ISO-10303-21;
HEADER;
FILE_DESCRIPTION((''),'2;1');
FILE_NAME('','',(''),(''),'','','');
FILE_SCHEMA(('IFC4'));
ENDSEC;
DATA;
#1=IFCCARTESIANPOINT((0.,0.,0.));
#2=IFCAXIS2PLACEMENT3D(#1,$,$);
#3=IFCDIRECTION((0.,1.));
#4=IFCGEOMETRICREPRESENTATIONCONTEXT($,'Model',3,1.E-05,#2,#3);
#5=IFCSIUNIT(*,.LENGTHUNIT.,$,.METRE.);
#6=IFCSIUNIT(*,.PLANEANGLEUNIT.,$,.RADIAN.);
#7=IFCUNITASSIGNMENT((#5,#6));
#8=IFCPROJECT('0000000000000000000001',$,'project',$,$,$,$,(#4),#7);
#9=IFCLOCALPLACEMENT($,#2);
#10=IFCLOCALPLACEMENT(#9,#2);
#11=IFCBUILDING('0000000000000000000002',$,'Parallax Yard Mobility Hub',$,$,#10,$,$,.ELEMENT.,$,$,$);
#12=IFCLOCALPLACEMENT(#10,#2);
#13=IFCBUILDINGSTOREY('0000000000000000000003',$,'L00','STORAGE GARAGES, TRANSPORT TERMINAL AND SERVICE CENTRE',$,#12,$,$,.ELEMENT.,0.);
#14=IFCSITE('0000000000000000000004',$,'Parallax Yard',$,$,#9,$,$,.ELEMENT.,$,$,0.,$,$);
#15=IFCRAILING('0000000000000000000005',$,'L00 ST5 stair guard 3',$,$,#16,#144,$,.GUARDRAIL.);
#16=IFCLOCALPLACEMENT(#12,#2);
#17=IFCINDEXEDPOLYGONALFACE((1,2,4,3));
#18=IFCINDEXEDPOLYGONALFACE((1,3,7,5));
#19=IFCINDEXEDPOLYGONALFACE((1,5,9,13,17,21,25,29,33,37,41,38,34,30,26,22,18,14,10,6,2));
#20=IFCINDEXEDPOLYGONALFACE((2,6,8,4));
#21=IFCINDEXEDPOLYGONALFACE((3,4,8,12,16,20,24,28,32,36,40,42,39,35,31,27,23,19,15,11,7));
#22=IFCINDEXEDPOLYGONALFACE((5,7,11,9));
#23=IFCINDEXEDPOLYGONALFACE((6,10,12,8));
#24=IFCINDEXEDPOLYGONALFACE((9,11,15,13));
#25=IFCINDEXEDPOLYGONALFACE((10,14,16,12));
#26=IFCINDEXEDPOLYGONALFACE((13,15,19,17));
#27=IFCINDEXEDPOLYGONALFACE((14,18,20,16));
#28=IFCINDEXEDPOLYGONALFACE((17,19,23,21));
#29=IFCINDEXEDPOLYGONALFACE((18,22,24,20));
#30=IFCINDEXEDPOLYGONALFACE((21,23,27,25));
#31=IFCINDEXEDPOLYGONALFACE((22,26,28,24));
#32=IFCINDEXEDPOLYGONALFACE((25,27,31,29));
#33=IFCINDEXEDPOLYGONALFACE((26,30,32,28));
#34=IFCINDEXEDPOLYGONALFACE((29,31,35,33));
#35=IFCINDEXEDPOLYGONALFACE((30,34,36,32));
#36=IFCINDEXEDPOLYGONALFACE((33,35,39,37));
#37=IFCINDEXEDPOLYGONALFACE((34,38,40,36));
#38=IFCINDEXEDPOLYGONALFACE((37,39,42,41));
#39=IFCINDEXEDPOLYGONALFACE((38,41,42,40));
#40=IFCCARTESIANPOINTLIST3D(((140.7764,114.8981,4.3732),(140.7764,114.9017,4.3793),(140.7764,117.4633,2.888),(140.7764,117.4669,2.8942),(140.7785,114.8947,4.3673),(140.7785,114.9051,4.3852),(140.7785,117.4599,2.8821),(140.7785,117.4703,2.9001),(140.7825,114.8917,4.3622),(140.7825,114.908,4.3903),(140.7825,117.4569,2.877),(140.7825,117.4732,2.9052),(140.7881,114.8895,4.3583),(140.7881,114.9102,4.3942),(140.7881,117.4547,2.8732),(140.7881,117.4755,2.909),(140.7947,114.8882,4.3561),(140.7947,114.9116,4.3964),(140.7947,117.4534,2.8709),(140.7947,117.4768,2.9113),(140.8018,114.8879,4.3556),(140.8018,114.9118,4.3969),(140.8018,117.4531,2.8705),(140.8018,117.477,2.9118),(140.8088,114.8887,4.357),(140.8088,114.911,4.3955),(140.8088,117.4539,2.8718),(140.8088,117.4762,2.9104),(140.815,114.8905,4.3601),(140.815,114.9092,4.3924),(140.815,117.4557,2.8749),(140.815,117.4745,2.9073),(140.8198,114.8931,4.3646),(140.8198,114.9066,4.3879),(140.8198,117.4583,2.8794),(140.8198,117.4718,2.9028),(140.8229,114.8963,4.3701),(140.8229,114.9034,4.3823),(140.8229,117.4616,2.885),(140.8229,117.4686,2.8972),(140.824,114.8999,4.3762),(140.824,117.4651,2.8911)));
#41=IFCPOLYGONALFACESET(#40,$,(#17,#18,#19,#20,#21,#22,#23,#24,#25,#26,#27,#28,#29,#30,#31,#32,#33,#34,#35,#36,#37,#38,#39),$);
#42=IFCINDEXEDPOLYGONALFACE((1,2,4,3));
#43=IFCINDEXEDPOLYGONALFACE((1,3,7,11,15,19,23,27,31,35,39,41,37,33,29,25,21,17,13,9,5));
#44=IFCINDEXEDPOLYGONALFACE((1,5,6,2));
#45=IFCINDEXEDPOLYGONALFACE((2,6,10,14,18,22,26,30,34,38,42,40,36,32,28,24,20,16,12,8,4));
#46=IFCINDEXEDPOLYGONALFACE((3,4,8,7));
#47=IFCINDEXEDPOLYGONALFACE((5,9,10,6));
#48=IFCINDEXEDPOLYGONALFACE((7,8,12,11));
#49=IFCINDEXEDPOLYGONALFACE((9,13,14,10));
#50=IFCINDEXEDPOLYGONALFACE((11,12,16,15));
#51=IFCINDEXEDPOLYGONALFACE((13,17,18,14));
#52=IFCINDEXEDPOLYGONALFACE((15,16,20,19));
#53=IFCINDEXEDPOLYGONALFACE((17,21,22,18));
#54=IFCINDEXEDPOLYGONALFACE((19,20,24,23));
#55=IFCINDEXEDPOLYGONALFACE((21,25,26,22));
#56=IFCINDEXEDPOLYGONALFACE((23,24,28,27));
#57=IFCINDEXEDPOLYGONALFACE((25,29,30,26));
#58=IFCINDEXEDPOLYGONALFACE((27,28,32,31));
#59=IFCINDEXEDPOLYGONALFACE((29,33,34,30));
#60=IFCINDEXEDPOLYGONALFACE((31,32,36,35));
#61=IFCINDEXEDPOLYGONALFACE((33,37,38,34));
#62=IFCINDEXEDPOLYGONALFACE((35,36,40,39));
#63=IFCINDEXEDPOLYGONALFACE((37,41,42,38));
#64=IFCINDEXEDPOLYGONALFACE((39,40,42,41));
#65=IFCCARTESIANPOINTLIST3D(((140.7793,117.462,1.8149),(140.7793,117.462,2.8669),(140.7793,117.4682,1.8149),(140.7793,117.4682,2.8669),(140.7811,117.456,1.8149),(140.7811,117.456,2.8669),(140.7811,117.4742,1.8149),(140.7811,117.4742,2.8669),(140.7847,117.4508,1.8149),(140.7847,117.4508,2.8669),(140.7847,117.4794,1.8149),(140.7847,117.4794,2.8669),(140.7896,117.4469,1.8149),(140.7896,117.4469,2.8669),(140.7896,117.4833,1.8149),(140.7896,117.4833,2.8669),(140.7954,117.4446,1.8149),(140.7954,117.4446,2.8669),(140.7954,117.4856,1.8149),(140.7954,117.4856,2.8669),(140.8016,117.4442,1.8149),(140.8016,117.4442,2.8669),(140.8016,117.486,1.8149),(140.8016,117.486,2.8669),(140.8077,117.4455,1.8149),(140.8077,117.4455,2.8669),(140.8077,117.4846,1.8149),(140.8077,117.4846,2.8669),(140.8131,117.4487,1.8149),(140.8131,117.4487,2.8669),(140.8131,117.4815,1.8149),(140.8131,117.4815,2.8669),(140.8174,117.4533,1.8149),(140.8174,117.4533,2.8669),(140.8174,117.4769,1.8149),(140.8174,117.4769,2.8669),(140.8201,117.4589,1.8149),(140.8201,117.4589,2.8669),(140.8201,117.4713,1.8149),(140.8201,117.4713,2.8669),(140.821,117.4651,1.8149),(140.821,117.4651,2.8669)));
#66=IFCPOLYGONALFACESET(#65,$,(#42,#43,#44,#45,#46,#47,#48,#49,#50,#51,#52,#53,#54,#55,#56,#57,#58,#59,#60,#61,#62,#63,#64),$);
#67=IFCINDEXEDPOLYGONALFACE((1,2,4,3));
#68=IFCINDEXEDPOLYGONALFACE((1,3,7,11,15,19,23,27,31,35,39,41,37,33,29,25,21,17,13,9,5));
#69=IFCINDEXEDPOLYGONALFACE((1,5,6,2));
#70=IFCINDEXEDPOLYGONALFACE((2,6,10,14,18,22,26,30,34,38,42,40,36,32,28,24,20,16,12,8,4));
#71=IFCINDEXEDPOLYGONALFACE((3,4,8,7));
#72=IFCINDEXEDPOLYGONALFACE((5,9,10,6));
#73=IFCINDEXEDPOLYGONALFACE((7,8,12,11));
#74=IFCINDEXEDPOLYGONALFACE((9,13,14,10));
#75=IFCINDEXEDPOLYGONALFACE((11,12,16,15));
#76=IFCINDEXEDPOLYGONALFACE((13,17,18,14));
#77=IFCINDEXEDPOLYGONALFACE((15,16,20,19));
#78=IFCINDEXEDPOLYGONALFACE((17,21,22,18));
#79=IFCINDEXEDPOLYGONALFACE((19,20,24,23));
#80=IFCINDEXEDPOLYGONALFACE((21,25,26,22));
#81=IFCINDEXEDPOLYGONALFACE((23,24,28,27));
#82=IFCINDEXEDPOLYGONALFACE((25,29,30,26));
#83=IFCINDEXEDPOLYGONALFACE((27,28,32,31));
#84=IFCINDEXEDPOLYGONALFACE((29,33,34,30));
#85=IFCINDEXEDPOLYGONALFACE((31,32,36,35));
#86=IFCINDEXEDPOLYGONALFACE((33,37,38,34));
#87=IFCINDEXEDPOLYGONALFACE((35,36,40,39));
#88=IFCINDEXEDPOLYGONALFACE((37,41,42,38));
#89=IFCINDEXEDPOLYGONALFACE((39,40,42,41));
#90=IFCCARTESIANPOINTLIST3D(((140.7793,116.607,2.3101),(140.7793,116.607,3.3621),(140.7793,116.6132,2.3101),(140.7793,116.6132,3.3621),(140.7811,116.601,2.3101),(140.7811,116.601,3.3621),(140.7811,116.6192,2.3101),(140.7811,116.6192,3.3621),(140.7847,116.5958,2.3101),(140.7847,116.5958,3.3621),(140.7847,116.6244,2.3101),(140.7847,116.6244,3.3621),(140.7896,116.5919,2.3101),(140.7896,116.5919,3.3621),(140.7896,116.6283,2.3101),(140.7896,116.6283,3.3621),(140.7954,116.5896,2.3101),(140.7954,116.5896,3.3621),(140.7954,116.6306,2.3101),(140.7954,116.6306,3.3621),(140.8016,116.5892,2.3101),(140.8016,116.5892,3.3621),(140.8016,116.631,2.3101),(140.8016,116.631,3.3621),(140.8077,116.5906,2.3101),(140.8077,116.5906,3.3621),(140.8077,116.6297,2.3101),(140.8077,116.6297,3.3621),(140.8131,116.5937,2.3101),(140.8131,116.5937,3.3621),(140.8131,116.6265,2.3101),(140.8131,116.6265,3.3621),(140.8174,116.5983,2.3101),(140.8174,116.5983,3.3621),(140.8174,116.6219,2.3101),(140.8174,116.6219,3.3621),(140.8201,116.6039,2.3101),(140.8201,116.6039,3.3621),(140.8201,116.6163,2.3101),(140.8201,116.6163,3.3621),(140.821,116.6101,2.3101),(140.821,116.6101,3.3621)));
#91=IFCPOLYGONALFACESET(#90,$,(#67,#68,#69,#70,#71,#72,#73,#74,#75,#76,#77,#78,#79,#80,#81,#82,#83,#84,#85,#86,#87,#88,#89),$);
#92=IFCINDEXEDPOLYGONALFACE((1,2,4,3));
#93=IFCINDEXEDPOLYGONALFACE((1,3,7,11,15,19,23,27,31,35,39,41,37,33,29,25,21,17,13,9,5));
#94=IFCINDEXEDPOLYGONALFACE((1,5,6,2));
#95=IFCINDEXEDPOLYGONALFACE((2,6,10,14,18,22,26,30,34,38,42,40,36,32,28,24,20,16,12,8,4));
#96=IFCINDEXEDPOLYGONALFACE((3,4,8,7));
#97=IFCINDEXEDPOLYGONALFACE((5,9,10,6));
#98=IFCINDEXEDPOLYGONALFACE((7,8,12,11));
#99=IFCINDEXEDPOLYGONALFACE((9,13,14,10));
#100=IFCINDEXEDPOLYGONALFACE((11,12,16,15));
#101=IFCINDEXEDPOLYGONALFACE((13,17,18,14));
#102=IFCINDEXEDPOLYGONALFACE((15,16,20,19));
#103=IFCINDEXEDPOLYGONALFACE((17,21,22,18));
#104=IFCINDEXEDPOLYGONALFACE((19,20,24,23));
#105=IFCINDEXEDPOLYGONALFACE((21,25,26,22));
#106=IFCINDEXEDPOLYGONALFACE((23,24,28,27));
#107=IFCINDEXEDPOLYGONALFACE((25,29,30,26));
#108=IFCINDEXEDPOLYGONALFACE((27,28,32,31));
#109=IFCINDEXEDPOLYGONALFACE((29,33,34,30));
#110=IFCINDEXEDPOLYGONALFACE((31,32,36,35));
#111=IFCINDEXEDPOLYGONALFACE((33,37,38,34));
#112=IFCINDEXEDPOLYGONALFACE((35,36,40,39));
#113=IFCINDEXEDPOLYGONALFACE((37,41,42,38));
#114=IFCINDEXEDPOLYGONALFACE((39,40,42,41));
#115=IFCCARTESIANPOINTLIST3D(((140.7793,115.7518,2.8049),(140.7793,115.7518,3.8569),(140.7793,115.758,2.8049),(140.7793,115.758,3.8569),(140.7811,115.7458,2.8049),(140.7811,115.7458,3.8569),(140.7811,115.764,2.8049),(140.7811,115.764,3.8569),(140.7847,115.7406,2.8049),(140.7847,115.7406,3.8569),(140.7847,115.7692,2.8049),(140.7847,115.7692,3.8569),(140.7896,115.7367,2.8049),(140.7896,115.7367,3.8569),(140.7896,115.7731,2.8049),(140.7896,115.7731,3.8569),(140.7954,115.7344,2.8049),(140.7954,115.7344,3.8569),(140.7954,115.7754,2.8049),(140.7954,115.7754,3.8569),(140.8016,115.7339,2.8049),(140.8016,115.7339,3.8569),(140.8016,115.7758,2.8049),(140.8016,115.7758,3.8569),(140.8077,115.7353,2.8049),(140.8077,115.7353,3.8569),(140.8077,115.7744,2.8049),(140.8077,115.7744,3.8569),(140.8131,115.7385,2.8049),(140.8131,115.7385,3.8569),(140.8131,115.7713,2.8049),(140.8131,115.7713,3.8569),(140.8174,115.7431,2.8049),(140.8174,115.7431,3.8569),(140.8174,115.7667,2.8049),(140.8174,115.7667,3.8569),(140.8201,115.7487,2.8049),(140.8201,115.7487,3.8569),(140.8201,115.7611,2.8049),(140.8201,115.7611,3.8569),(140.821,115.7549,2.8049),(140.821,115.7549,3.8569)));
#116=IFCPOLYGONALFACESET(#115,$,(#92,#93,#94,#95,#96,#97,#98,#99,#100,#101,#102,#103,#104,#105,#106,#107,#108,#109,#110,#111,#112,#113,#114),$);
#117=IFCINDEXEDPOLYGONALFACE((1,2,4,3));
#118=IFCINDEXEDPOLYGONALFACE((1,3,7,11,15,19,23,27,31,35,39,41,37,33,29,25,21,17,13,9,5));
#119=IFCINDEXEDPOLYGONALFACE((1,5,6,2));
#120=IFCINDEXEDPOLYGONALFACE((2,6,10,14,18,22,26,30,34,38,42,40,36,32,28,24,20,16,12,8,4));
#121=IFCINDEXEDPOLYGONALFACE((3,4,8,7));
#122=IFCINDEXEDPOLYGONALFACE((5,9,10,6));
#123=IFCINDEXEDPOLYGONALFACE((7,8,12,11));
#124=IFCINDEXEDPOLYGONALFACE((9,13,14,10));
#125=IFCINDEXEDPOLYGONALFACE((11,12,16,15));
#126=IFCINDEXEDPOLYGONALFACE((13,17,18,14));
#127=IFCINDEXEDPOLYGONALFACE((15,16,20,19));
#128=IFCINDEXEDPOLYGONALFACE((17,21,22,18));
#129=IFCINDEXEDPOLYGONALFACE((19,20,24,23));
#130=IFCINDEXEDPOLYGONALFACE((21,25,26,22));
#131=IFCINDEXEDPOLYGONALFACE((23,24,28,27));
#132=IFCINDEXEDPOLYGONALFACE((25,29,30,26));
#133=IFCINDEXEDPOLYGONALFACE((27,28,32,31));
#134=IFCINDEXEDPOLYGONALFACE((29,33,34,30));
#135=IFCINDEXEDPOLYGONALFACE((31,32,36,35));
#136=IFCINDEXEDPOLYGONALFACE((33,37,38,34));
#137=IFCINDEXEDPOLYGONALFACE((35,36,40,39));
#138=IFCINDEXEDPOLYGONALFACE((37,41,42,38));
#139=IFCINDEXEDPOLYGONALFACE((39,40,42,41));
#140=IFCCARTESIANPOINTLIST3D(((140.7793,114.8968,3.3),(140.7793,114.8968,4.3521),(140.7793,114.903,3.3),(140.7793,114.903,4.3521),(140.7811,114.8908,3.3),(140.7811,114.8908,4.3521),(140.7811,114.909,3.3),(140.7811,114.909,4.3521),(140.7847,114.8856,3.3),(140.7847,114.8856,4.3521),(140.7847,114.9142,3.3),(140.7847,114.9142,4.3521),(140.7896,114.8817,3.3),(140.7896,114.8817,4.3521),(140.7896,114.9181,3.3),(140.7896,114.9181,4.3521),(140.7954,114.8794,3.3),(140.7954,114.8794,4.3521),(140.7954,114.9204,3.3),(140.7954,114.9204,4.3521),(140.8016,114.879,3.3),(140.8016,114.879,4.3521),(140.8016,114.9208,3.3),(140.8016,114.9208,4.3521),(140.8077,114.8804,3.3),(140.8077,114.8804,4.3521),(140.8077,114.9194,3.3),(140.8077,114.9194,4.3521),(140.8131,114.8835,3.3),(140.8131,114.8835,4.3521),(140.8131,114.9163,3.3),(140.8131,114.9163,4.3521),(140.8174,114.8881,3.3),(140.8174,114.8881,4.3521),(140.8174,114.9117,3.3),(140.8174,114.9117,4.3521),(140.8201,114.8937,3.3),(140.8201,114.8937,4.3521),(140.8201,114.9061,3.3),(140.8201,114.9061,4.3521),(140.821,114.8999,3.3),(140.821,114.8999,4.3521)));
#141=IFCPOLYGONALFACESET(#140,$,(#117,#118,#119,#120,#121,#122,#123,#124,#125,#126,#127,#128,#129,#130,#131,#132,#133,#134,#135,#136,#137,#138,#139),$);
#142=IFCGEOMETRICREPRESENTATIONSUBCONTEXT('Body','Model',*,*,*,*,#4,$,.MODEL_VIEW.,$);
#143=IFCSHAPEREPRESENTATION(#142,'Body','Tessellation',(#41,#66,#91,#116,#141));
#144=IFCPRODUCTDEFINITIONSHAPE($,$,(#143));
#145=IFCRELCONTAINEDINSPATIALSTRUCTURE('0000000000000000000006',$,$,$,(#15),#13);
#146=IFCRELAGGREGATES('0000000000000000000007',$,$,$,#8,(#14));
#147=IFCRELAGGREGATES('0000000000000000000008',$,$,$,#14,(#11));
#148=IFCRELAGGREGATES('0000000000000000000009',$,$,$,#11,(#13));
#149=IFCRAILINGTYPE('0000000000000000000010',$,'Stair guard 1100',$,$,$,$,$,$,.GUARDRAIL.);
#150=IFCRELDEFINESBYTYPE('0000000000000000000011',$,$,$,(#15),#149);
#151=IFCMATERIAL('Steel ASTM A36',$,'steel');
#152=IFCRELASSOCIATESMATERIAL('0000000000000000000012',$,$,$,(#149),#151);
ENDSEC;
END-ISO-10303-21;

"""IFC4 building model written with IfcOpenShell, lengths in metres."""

from ifc_helpers import new_model, si_unit, direction, frame, origin, origin_2d, place, context, subcontext, project, spatial, circle, extrude, material, type_object, element, save


model = new_model("IFC4")

# Units and contexts
model_context = context("Model", 3, precision=1e-05, world=origin(), true_north=direction((0.0, 1.0)))
body_context = subcontext(model_context, "Body", "Model", "MODEL_VIEW")
ifc_project = project(units=[si_unit("LENGTHUNIT", "METRE"), si_unit("PLANEANGLEUNIT", "RADIAN")], contexts=[model_context])

# Site, building, storey
site_placement = place(None, origin())
site = spatial("IfcSite", under=ifc_project, at=site_placement, Name="Parallax Yard", CompositionType="ELEMENT", RefElevation=0.0)
building_placement = place(site_placement, origin())
building = spatial("IfcBuilding", under=site, at=building_placement, Name="Parallax Yard Mobility Hub", CompositionType="ELEMENT")
storey_placement = place(building_placement, origin())
storey = spatial("IfcBuildingStorey", under=building, at=storey_placement, Name="L00", Description="STORAGE GARAGES, TRANSPORT TERMINAL AND SERVICE CENTRE", CompositionType="ELEMENT", Elevation=0.0)

# Railing
ifc_material_1 = material(Name="Steel ASTM A36", Category="steel")
railing_type_1 = type_object("IfcRailingType", Name="Stair guard 1100", PredefinedType="GUARDRAIL", material=ifc_material_1)
railing_1_placement = place(storey_placement, frame((140.8, 117.4651, 1.8149)))
element("IfcRailing", 1, at=railing_1_placement, inside=storey, type_object=railing_type_1, Name="L00 ST5 stair guard 3", PredefinedType="GUARDRAIL", context=body_context, shape_type="SweptSolid", body=[
    extrude(circle(Radius=0.0239, at=origin_2d()), frame((0.0, 0.0, 1.0762), z_axis=(0.0, -0.865426, 0.501036), x_axis=(1.0, 0.0, 0.0)), (0.0, 0.0, 1.0), 2.9641),
    extrude(circle(Radius=0.021, at=origin_2d()), origin(), (0.0, 0.0, 1.0), 1.052),
    extrude(circle(Radius=0.021, at=origin_2d()), frame((0.0, -0.855, 0.4951)), (0.0, 0.0, 1.0), 1.052),
    extrude(circle(Radius=0.021, at=origin_2d()), frame((0.0, -1.7102, 0.99)), (0.0, 0.0, 1.0), 1.052),
    extrude(circle(Radius=0.021, at=origin_2d()), frame((0.0, -2.5652, 1.4851)), (0.0, 0.0, 1.0), 1.052),
])

save(model, "model.ifc")
